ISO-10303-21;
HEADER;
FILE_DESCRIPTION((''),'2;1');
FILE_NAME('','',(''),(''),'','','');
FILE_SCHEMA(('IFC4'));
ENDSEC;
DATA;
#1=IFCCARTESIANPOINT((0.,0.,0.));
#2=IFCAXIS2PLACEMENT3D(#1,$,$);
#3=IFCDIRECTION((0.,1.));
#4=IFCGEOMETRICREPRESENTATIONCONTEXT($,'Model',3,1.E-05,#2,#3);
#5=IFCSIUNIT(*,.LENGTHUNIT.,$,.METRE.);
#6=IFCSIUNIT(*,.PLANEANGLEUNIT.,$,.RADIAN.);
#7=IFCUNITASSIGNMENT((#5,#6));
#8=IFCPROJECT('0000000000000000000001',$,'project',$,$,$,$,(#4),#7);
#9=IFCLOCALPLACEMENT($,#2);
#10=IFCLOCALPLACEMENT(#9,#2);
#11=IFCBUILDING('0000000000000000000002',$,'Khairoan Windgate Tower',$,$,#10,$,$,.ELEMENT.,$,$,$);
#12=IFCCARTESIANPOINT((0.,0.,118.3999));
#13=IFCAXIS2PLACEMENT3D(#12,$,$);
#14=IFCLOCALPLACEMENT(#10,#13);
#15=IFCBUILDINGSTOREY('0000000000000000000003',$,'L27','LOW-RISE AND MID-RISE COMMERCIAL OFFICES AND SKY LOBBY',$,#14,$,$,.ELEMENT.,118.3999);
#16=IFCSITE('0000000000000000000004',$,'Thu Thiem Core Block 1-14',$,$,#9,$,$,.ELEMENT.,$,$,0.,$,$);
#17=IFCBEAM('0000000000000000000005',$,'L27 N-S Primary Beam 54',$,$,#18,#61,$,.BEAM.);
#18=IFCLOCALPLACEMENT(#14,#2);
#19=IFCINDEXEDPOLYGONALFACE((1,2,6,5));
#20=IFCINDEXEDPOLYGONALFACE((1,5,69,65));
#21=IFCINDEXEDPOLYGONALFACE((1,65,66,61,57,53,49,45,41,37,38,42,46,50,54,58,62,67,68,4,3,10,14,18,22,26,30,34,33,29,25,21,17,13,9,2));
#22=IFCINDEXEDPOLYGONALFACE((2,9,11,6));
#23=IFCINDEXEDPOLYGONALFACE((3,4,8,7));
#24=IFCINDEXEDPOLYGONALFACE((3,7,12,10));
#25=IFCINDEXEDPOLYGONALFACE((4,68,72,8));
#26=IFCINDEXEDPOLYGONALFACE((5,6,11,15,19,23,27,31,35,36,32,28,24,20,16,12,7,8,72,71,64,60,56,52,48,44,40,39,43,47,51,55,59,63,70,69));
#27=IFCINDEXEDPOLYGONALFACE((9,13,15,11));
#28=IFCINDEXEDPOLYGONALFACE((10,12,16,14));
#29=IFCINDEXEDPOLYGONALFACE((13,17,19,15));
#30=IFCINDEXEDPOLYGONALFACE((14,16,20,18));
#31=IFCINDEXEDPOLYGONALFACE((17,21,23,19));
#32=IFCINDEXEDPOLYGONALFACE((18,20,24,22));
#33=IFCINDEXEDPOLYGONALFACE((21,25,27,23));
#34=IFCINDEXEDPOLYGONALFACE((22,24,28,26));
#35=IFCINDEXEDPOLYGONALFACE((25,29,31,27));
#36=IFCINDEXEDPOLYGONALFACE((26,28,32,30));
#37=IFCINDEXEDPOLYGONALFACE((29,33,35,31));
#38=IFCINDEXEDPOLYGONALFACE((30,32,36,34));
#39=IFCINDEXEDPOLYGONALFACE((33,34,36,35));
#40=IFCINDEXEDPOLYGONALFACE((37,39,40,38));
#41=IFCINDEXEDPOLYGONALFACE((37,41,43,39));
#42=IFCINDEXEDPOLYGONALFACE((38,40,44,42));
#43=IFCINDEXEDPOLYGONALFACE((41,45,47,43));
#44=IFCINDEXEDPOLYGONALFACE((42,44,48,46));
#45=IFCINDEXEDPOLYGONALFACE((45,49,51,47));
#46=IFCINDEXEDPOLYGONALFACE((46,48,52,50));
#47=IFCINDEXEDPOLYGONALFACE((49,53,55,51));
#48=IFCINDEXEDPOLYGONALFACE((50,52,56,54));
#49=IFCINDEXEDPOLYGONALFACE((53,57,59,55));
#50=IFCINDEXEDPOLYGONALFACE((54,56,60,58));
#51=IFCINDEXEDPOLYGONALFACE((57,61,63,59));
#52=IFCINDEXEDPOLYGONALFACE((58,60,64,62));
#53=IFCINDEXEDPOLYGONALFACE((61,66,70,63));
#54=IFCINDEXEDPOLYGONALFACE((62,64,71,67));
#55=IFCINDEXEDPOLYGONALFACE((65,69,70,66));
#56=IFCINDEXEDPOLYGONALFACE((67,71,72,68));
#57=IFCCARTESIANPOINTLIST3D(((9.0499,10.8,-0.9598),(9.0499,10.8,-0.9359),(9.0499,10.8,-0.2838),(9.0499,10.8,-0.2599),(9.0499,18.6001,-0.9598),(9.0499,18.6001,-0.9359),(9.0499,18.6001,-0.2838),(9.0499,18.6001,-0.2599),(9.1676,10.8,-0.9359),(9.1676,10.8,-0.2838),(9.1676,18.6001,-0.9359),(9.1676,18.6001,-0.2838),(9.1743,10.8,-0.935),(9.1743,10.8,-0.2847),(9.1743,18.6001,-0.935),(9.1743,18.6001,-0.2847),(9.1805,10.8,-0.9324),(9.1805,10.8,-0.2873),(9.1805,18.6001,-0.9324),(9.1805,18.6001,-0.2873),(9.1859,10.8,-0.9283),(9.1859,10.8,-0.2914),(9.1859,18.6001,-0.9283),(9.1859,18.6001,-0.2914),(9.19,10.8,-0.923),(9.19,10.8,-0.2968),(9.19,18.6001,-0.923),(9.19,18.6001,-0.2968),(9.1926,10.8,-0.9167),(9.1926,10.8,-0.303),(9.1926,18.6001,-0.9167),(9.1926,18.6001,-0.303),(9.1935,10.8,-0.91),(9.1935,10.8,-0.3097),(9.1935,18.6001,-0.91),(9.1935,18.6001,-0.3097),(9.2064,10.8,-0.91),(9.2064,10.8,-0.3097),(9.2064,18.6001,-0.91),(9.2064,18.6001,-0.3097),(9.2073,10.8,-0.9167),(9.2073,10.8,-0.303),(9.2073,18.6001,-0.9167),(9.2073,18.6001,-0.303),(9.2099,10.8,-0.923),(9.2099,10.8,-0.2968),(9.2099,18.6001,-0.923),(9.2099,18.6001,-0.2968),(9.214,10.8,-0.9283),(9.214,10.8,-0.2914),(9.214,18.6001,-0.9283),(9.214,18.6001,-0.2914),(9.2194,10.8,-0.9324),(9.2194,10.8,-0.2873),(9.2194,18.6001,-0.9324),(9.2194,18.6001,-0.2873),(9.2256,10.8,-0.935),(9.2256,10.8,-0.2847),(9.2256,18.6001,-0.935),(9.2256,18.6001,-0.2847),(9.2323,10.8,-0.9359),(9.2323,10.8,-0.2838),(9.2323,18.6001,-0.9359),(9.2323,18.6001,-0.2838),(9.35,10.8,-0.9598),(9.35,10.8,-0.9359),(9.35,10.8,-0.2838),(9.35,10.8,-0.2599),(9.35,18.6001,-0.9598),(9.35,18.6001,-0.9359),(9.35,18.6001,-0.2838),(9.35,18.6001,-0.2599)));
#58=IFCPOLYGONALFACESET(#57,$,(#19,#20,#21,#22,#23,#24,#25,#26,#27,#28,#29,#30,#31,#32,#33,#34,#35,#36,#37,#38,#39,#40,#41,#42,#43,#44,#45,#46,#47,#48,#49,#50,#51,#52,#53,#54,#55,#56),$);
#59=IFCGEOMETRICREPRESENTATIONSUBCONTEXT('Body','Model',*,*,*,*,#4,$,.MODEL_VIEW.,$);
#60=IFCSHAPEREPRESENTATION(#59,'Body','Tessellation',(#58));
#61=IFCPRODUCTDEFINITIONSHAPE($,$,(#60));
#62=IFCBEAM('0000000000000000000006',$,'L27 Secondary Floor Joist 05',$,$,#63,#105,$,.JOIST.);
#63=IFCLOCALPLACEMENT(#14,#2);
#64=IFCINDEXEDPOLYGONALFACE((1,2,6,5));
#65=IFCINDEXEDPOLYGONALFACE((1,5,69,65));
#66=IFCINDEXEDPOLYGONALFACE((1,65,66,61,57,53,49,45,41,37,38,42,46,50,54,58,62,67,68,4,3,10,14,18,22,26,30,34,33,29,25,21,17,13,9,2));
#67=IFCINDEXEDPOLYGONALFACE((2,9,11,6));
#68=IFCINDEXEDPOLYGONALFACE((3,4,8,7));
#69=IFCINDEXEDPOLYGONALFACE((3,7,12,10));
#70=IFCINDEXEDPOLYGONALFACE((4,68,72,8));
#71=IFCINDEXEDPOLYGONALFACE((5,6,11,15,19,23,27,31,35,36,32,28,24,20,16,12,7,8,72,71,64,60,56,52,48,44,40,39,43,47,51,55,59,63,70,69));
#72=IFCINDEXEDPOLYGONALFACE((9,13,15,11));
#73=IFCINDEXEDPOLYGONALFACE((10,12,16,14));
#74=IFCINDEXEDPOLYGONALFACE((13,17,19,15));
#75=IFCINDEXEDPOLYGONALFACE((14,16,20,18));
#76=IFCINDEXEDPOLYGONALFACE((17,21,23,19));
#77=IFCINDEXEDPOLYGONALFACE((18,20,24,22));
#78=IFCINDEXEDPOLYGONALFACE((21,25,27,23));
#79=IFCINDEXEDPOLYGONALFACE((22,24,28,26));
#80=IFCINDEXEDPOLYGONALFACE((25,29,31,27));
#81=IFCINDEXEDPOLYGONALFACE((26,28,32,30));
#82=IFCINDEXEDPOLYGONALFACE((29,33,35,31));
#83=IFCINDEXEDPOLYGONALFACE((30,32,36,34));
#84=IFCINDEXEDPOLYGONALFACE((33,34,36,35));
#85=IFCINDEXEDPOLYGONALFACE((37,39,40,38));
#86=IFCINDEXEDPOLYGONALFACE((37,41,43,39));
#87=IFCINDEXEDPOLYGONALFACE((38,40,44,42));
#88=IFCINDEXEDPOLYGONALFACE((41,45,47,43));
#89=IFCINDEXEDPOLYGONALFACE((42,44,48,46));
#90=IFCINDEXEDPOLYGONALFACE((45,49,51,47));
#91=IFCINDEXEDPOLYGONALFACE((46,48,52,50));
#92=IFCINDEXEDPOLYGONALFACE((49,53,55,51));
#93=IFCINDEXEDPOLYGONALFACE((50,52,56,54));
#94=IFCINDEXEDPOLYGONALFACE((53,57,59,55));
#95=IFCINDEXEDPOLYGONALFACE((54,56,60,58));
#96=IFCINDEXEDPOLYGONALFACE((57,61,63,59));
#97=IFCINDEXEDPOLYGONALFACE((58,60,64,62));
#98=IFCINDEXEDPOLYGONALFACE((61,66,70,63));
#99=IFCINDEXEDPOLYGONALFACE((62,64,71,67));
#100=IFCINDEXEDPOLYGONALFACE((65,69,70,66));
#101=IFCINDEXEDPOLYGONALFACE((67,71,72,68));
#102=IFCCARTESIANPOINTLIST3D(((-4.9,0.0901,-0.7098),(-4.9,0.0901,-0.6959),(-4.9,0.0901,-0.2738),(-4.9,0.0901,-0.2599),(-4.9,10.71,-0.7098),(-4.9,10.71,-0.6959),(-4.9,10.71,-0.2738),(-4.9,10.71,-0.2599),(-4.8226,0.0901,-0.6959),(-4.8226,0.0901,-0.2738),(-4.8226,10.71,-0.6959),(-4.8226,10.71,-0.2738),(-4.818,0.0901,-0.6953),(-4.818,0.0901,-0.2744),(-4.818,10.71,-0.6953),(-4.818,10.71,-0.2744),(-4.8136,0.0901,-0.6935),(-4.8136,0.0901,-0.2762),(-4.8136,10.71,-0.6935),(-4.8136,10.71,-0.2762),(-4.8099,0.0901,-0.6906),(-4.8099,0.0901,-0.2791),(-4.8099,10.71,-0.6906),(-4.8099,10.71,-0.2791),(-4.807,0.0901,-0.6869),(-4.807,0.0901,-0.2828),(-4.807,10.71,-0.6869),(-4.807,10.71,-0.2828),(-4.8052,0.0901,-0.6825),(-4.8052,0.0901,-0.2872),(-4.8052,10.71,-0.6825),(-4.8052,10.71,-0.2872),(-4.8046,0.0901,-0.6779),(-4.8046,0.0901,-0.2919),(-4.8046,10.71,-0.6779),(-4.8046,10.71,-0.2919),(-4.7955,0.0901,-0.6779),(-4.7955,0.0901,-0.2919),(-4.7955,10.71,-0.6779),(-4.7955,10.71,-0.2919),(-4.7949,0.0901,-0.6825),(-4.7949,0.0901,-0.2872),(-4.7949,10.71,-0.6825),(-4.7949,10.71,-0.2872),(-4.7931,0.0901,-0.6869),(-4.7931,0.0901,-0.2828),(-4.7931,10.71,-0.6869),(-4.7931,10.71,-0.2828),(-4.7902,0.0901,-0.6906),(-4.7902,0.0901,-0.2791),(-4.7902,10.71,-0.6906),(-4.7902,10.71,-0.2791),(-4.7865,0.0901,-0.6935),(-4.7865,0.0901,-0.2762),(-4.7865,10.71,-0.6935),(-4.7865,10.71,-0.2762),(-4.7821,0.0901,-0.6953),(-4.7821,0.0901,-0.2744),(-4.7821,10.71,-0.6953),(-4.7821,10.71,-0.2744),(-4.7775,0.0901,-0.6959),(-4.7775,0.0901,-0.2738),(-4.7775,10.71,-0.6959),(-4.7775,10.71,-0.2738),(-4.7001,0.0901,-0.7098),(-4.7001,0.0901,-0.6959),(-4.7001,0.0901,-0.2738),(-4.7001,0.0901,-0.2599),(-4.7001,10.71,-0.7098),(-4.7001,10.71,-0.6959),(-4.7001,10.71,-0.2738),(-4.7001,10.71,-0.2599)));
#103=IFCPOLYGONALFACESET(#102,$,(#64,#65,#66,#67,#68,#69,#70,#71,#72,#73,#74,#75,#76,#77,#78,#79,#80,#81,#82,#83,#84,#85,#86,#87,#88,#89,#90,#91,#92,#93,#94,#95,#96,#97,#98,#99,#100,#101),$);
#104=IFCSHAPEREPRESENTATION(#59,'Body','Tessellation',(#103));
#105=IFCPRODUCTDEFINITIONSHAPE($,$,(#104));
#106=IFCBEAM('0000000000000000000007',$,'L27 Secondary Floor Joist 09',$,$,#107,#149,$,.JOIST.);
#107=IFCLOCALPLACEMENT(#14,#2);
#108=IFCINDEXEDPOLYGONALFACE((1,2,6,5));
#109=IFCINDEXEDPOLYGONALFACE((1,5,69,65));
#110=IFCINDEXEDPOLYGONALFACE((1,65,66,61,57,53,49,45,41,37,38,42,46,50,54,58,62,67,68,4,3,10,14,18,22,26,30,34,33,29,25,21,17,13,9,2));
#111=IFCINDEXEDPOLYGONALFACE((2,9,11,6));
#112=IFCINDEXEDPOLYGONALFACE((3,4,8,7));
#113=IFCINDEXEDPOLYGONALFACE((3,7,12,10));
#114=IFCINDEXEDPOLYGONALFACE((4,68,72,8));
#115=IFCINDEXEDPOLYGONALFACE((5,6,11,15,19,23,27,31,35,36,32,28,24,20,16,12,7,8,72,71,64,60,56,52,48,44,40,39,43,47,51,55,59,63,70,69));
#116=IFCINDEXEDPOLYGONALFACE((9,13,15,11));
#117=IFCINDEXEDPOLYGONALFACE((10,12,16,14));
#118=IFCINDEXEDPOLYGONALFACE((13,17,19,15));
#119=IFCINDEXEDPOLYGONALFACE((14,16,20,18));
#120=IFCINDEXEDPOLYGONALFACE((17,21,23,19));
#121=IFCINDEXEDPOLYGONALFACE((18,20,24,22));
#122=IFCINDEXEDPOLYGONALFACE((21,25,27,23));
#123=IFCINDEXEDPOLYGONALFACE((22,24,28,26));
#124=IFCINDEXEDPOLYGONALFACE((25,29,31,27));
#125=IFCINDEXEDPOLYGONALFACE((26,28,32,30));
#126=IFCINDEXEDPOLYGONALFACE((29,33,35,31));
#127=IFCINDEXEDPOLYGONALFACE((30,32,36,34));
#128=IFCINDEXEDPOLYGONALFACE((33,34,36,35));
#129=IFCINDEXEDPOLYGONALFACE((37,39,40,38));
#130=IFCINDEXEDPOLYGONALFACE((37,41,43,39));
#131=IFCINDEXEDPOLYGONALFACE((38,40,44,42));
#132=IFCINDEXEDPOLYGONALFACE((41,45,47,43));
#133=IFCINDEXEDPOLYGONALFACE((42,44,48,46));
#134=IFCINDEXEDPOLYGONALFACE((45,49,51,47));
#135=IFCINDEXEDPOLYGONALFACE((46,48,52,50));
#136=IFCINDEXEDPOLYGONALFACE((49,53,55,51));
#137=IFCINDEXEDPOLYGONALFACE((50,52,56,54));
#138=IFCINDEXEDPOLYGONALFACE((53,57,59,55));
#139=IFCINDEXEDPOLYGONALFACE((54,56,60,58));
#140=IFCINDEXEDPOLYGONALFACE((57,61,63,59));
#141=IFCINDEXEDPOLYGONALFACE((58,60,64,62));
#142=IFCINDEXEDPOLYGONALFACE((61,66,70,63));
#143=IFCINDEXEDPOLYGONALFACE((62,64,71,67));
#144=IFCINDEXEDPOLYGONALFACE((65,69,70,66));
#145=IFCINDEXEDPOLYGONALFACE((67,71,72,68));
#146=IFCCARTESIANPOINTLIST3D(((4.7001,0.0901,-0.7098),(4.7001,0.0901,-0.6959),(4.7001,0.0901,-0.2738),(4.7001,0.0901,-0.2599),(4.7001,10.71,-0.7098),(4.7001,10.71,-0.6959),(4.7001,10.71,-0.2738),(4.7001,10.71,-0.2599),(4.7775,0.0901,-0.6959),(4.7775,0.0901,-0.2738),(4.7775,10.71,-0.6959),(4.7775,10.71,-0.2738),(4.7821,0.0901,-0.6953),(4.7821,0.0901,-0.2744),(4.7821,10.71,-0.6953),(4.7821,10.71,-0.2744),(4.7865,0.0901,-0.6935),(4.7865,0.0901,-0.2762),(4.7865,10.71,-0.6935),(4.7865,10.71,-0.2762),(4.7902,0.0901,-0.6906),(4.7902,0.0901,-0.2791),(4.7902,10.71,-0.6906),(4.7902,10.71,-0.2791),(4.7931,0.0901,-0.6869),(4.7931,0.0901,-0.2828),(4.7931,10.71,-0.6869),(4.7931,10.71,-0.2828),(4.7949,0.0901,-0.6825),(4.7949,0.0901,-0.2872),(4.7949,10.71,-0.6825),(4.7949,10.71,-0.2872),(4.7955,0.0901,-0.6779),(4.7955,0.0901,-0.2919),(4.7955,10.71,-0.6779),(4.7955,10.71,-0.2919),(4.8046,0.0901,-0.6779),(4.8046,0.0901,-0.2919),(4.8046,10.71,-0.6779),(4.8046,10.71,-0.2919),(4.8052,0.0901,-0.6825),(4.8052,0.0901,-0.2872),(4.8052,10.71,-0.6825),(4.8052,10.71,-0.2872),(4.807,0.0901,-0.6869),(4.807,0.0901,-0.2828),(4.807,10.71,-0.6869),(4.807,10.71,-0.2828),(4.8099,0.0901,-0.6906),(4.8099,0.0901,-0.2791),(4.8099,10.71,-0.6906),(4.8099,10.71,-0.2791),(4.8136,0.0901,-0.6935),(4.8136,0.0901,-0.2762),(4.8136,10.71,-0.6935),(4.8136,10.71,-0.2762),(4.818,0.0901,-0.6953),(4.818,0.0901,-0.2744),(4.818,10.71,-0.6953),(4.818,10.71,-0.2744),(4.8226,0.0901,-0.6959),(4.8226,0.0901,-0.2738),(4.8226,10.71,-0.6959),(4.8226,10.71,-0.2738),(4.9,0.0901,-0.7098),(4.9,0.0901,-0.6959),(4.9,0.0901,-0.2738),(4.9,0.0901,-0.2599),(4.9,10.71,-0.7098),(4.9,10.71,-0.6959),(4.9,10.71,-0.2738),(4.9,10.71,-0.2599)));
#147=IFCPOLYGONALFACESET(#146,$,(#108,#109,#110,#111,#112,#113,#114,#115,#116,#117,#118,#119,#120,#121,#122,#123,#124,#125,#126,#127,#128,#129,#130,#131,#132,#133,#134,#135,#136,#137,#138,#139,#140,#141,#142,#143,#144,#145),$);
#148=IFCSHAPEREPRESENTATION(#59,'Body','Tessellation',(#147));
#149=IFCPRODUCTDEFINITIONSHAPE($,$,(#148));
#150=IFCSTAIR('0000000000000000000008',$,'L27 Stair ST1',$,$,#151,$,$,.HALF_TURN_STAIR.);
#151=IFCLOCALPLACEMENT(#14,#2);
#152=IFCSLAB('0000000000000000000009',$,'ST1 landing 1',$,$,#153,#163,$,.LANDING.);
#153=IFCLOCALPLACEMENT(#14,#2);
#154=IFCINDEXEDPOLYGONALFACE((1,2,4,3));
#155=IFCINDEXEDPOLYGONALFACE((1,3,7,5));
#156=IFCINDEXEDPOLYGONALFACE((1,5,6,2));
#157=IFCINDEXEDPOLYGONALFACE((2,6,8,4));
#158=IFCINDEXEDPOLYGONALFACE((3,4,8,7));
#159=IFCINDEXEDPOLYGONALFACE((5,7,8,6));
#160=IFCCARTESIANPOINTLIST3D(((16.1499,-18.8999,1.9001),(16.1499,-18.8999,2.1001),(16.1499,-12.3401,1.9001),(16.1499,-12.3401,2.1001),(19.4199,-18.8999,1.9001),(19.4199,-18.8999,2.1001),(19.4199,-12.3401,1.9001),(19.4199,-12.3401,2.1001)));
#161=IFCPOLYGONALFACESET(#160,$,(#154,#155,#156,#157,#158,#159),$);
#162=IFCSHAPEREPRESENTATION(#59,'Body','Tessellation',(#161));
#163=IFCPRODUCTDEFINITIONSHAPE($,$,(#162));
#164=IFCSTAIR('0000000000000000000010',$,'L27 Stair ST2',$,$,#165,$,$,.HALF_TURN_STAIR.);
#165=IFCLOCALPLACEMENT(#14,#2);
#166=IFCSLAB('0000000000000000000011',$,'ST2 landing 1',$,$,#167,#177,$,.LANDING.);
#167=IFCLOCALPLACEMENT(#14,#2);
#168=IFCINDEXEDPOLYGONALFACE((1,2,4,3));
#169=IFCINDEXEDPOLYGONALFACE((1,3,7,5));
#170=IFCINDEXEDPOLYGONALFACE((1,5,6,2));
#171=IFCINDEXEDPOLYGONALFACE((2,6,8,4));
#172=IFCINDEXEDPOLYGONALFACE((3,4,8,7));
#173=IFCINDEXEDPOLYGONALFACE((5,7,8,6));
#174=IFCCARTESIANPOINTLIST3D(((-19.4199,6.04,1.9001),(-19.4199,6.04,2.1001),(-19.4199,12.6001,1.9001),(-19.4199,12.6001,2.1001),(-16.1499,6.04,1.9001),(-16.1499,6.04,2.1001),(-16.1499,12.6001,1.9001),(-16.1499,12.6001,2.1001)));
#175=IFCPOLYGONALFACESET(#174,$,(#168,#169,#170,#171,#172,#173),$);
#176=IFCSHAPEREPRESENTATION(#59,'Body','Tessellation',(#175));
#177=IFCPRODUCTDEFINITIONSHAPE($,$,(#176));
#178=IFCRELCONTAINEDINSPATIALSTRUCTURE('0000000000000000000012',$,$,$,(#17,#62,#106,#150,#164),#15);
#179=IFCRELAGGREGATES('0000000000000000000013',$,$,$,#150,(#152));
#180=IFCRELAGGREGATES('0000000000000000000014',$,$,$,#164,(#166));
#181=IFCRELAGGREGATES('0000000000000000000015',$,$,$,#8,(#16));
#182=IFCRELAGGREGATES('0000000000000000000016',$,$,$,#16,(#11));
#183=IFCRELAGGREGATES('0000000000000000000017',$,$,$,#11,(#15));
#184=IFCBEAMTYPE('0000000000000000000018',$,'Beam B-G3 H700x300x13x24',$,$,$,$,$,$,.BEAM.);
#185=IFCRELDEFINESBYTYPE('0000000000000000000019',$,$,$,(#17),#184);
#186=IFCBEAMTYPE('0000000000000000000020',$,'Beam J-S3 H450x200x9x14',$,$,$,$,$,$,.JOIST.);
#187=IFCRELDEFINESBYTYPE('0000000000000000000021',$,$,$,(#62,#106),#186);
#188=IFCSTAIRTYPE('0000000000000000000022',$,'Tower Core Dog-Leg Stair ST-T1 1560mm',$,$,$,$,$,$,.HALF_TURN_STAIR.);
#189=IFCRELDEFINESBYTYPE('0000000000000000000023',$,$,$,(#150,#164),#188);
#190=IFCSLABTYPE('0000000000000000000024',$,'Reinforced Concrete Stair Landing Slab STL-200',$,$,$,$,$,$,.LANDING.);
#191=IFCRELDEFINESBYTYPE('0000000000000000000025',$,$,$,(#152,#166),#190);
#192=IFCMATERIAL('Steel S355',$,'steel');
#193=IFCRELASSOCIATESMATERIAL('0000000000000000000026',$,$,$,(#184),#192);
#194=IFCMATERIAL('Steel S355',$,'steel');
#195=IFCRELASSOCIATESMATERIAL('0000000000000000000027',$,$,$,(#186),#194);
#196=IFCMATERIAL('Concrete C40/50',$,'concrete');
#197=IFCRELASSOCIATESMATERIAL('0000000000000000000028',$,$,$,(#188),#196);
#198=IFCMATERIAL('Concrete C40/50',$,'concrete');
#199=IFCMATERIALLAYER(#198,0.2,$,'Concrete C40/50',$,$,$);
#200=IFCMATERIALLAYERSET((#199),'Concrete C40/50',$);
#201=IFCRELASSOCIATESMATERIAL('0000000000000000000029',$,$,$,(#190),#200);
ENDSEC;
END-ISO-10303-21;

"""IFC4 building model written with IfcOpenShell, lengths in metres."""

from ifc_helpers import new_model, si_unit, direction, frame, origin, origin_2d, place, context, subcontext, project, spatial, polyline, i_section, outline, extrude, material, layer, layer_set, material_profile, profile_set, type_object, element, aggregate, save


model = new_model("IFC4")

# Units and contexts
model_context = context("Model", 3, precision=1e-05, world=origin(), true_north=direction((0.0, 1.0)))
body_context = subcontext(model_context, "Body", "Model", "MODEL_VIEW")
ifc_project = project(units=[si_unit("LENGTHUNIT", "METRE"), si_unit("PLANEANGLEUNIT", "RADIAN")], contexts=[model_context])

# Site, building, storey
site_placement = place(None, origin())
site = spatial("IfcSite", under=ifc_project, at=site_placement, Name="Thu Thiem Core Block 1-14", CompositionType="ELEMENT", RefElevation=0.0)
building_placement = place(site_placement, origin())
building = spatial("IfcBuilding", under=site, at=building_placement, Name="Khairoan Windgate Tower", CompositionType="ELEMENT")
storey_placement = place(building_placement, frame((0.0, 0.0, 118.3999)))
storey = spatial("IfcBuildingStorey", under=building, at=storey_placement, Name="L27", Description="LOW-RISE AND MID-RISE COMMERCIAL OFFICES AND SKY LOBBY", CompositionType="ELEMENT", Elevation=118.3999)

# Beams
ifc_material_1 = material(Name="Steel S355", Category="steel")
ifc_material_profile_1 = material_profile(ifc_material_1, i_section(OverallWidth=0.3, OverallDepth=0.7, WebThickness=0.0129, FlangeThickness=0.0239, FilletRadius=0.0259, at=origin_2d()))
ifc_profile_set_1 = profile_set([ifc_material_profile_1], Name="Steel S355")
beam_type_1 = type_object("IfcBeamType", Name="Beam B-G3 H700x300x13x24", PredefinedType="BEAM", material=ifc_profile_set_1)
beam_1_placement = place(storey_placement, frame((9.2, 10.8, -0.6099), z_axis=(0.0, 1.0, 0.0), x_axis=(-1.0, 0.0, 0.0)))
element("IfcBeam", 1, at=beam_1_placement, inside=storey, type_object=beam_type_1, Name="L27 N-S Primary Beam 54", PredefinedType="BEAM", context=body_context, shape_type="SweptSolid", body=[
    extrude(i_section(OverallWidth=0.3, OverallDepth=0.7, WebThickness=0.0129, FlangeThickness=0.0239, FilletRadius=0.0259, at=origin_2d()), origin(), (0.0, 0.0, 1.0), 7.8),
])
ifc_material_2 = material(Name="Steel S355", Category="steel")
ifc_material_profile_2 = material_profile(ifc_material_2, i_section(OverallWidth=0.2, OverallDepth=0.45, WebThickness=0.009, FlangeThickness=0.0139, FilletRadius=0.0181, at=origin_2d()))
ifc_profile_set_2 = profile_set([ifc_material_profile_2], Name="Steel S355")
beam_type_2 = type_object("IfcBeamType", Name="Beam J-S3 H450x200x9x14", PredefinedType="JOIST", material=ifc_profile_set_2)
for number, where, z_axis, x_axis, name in (
    (2, (-4.8, 0.0901, -0.4849), (0.0, 1.0, 0.0), (-1.0, 0.0, 0.0), "L27 Secondary Floor Joist 05"),
    (3, (4.8, 0.0901, -0.4849), (0.0, 1.0, 0.0), (-1.0, 0.0, 0.0), "L27 Secondary Floor Joist 09"),
):
    element("IfcBeam", number, at=place(storey_placement, frame(where, z_axis=z_axis, x_axis=x_axis)), inside=storey, type_object=beam_type_2, Name=name, PredefinedType="JOIST", context=body_context, shape_type="SweptSolid", body=[
        extrude(i_section(OverallWidth=0.2, OverallDepth=0.45, WebThickness=0.009, FlangeThickness=0.0139, FilletRadius=0.0181, at=origin_2d()), origin(), (0.0, 0.0, 1.0), 10.6199),
    ])

# Stairs, slabs
ifc_material_3 = material(Name="Concrete C40/50", Category="concrete")
stair_type = type_object("IfcStairType", Name="Tower Core Dog-Leg Stair ST-T1 1560mm", PredefinedType="HALF_TURN_STAIR", material=ifc_material_3)
stair_1_placement = place(storey_placement, origin())
stair_1 = element("IfcStair", 4, at=stair_1_placement, inside=storey, type_object=stair_type, Name="L27 Stair ST1", PredefinedType="HALF_TURN_STAIR")
ifc_material_4 = material(Name="Concrete C40/50", Category="concrete")
ifc_layer_1 = layer(ifc_material_4, 0.2, Name="Concrete C40/50")
ifc_layer_set_1 = layer_set([ifc_layer_1], Name="Concrete C40/50")
slab_type_1 = type_object("IfcSlabType", Name="Reinforced Concrete Stair Landing Slab STL-200", PredefinedType="LANDING", material=ifc_layer_set_1)
slab_1_placement = place(storey_placement, frame((0.0, 0.0, 1.9001)))
slab_1 = element("IfcSlab", 5, at=slab_1_placement, type_object=slab_type_1, Name="ST1 landing 1", PredefinedType="LANDING", context=body_context, shape_type="SweptSolid", body=[
    extrude(outline(polyline([(16.1499, -12.3401), (16.1499, -18.8999), (19.4199, -18.8999), (19.4199, -12.3401), (16.1499, -12.3401)])), origin(), (0.0, 0.0, 1.0), 0.2),
])
aggregate(stair_1, [slab_1])
stair_2_placement = place(storey_placement, origin())
stair_2 = element("IfcStair", 6, at=stair_2_placement, inside=storey, type_object=stair_type, Name="L27 Stair ST2", PredefinedType="HALF_TURN_STAIR")
slab_2_placement = place(storey_placement, frame((0.0, 0.0, 1.9001)))
slab_2 = element("IfcSlab", 7, at=slab_2_placement, type_object=slab_type_1, Name="ST2 landing 1", PredefinedType="LANDING", context=body_context, shape_type="SweptSolid", body=[
    extrude(outline(polyline([(-16.1499, 6.04), (-16.1499, 12.6001), (-19.4199, 12.6001), (-19.4199, 6.04), (-16.1499, 6.04)])), origin(), (0.0, 0.0, 1.0), 0.2),
])
aggregate(stair_2, [slab_2])

save(model, "model.ifc")
